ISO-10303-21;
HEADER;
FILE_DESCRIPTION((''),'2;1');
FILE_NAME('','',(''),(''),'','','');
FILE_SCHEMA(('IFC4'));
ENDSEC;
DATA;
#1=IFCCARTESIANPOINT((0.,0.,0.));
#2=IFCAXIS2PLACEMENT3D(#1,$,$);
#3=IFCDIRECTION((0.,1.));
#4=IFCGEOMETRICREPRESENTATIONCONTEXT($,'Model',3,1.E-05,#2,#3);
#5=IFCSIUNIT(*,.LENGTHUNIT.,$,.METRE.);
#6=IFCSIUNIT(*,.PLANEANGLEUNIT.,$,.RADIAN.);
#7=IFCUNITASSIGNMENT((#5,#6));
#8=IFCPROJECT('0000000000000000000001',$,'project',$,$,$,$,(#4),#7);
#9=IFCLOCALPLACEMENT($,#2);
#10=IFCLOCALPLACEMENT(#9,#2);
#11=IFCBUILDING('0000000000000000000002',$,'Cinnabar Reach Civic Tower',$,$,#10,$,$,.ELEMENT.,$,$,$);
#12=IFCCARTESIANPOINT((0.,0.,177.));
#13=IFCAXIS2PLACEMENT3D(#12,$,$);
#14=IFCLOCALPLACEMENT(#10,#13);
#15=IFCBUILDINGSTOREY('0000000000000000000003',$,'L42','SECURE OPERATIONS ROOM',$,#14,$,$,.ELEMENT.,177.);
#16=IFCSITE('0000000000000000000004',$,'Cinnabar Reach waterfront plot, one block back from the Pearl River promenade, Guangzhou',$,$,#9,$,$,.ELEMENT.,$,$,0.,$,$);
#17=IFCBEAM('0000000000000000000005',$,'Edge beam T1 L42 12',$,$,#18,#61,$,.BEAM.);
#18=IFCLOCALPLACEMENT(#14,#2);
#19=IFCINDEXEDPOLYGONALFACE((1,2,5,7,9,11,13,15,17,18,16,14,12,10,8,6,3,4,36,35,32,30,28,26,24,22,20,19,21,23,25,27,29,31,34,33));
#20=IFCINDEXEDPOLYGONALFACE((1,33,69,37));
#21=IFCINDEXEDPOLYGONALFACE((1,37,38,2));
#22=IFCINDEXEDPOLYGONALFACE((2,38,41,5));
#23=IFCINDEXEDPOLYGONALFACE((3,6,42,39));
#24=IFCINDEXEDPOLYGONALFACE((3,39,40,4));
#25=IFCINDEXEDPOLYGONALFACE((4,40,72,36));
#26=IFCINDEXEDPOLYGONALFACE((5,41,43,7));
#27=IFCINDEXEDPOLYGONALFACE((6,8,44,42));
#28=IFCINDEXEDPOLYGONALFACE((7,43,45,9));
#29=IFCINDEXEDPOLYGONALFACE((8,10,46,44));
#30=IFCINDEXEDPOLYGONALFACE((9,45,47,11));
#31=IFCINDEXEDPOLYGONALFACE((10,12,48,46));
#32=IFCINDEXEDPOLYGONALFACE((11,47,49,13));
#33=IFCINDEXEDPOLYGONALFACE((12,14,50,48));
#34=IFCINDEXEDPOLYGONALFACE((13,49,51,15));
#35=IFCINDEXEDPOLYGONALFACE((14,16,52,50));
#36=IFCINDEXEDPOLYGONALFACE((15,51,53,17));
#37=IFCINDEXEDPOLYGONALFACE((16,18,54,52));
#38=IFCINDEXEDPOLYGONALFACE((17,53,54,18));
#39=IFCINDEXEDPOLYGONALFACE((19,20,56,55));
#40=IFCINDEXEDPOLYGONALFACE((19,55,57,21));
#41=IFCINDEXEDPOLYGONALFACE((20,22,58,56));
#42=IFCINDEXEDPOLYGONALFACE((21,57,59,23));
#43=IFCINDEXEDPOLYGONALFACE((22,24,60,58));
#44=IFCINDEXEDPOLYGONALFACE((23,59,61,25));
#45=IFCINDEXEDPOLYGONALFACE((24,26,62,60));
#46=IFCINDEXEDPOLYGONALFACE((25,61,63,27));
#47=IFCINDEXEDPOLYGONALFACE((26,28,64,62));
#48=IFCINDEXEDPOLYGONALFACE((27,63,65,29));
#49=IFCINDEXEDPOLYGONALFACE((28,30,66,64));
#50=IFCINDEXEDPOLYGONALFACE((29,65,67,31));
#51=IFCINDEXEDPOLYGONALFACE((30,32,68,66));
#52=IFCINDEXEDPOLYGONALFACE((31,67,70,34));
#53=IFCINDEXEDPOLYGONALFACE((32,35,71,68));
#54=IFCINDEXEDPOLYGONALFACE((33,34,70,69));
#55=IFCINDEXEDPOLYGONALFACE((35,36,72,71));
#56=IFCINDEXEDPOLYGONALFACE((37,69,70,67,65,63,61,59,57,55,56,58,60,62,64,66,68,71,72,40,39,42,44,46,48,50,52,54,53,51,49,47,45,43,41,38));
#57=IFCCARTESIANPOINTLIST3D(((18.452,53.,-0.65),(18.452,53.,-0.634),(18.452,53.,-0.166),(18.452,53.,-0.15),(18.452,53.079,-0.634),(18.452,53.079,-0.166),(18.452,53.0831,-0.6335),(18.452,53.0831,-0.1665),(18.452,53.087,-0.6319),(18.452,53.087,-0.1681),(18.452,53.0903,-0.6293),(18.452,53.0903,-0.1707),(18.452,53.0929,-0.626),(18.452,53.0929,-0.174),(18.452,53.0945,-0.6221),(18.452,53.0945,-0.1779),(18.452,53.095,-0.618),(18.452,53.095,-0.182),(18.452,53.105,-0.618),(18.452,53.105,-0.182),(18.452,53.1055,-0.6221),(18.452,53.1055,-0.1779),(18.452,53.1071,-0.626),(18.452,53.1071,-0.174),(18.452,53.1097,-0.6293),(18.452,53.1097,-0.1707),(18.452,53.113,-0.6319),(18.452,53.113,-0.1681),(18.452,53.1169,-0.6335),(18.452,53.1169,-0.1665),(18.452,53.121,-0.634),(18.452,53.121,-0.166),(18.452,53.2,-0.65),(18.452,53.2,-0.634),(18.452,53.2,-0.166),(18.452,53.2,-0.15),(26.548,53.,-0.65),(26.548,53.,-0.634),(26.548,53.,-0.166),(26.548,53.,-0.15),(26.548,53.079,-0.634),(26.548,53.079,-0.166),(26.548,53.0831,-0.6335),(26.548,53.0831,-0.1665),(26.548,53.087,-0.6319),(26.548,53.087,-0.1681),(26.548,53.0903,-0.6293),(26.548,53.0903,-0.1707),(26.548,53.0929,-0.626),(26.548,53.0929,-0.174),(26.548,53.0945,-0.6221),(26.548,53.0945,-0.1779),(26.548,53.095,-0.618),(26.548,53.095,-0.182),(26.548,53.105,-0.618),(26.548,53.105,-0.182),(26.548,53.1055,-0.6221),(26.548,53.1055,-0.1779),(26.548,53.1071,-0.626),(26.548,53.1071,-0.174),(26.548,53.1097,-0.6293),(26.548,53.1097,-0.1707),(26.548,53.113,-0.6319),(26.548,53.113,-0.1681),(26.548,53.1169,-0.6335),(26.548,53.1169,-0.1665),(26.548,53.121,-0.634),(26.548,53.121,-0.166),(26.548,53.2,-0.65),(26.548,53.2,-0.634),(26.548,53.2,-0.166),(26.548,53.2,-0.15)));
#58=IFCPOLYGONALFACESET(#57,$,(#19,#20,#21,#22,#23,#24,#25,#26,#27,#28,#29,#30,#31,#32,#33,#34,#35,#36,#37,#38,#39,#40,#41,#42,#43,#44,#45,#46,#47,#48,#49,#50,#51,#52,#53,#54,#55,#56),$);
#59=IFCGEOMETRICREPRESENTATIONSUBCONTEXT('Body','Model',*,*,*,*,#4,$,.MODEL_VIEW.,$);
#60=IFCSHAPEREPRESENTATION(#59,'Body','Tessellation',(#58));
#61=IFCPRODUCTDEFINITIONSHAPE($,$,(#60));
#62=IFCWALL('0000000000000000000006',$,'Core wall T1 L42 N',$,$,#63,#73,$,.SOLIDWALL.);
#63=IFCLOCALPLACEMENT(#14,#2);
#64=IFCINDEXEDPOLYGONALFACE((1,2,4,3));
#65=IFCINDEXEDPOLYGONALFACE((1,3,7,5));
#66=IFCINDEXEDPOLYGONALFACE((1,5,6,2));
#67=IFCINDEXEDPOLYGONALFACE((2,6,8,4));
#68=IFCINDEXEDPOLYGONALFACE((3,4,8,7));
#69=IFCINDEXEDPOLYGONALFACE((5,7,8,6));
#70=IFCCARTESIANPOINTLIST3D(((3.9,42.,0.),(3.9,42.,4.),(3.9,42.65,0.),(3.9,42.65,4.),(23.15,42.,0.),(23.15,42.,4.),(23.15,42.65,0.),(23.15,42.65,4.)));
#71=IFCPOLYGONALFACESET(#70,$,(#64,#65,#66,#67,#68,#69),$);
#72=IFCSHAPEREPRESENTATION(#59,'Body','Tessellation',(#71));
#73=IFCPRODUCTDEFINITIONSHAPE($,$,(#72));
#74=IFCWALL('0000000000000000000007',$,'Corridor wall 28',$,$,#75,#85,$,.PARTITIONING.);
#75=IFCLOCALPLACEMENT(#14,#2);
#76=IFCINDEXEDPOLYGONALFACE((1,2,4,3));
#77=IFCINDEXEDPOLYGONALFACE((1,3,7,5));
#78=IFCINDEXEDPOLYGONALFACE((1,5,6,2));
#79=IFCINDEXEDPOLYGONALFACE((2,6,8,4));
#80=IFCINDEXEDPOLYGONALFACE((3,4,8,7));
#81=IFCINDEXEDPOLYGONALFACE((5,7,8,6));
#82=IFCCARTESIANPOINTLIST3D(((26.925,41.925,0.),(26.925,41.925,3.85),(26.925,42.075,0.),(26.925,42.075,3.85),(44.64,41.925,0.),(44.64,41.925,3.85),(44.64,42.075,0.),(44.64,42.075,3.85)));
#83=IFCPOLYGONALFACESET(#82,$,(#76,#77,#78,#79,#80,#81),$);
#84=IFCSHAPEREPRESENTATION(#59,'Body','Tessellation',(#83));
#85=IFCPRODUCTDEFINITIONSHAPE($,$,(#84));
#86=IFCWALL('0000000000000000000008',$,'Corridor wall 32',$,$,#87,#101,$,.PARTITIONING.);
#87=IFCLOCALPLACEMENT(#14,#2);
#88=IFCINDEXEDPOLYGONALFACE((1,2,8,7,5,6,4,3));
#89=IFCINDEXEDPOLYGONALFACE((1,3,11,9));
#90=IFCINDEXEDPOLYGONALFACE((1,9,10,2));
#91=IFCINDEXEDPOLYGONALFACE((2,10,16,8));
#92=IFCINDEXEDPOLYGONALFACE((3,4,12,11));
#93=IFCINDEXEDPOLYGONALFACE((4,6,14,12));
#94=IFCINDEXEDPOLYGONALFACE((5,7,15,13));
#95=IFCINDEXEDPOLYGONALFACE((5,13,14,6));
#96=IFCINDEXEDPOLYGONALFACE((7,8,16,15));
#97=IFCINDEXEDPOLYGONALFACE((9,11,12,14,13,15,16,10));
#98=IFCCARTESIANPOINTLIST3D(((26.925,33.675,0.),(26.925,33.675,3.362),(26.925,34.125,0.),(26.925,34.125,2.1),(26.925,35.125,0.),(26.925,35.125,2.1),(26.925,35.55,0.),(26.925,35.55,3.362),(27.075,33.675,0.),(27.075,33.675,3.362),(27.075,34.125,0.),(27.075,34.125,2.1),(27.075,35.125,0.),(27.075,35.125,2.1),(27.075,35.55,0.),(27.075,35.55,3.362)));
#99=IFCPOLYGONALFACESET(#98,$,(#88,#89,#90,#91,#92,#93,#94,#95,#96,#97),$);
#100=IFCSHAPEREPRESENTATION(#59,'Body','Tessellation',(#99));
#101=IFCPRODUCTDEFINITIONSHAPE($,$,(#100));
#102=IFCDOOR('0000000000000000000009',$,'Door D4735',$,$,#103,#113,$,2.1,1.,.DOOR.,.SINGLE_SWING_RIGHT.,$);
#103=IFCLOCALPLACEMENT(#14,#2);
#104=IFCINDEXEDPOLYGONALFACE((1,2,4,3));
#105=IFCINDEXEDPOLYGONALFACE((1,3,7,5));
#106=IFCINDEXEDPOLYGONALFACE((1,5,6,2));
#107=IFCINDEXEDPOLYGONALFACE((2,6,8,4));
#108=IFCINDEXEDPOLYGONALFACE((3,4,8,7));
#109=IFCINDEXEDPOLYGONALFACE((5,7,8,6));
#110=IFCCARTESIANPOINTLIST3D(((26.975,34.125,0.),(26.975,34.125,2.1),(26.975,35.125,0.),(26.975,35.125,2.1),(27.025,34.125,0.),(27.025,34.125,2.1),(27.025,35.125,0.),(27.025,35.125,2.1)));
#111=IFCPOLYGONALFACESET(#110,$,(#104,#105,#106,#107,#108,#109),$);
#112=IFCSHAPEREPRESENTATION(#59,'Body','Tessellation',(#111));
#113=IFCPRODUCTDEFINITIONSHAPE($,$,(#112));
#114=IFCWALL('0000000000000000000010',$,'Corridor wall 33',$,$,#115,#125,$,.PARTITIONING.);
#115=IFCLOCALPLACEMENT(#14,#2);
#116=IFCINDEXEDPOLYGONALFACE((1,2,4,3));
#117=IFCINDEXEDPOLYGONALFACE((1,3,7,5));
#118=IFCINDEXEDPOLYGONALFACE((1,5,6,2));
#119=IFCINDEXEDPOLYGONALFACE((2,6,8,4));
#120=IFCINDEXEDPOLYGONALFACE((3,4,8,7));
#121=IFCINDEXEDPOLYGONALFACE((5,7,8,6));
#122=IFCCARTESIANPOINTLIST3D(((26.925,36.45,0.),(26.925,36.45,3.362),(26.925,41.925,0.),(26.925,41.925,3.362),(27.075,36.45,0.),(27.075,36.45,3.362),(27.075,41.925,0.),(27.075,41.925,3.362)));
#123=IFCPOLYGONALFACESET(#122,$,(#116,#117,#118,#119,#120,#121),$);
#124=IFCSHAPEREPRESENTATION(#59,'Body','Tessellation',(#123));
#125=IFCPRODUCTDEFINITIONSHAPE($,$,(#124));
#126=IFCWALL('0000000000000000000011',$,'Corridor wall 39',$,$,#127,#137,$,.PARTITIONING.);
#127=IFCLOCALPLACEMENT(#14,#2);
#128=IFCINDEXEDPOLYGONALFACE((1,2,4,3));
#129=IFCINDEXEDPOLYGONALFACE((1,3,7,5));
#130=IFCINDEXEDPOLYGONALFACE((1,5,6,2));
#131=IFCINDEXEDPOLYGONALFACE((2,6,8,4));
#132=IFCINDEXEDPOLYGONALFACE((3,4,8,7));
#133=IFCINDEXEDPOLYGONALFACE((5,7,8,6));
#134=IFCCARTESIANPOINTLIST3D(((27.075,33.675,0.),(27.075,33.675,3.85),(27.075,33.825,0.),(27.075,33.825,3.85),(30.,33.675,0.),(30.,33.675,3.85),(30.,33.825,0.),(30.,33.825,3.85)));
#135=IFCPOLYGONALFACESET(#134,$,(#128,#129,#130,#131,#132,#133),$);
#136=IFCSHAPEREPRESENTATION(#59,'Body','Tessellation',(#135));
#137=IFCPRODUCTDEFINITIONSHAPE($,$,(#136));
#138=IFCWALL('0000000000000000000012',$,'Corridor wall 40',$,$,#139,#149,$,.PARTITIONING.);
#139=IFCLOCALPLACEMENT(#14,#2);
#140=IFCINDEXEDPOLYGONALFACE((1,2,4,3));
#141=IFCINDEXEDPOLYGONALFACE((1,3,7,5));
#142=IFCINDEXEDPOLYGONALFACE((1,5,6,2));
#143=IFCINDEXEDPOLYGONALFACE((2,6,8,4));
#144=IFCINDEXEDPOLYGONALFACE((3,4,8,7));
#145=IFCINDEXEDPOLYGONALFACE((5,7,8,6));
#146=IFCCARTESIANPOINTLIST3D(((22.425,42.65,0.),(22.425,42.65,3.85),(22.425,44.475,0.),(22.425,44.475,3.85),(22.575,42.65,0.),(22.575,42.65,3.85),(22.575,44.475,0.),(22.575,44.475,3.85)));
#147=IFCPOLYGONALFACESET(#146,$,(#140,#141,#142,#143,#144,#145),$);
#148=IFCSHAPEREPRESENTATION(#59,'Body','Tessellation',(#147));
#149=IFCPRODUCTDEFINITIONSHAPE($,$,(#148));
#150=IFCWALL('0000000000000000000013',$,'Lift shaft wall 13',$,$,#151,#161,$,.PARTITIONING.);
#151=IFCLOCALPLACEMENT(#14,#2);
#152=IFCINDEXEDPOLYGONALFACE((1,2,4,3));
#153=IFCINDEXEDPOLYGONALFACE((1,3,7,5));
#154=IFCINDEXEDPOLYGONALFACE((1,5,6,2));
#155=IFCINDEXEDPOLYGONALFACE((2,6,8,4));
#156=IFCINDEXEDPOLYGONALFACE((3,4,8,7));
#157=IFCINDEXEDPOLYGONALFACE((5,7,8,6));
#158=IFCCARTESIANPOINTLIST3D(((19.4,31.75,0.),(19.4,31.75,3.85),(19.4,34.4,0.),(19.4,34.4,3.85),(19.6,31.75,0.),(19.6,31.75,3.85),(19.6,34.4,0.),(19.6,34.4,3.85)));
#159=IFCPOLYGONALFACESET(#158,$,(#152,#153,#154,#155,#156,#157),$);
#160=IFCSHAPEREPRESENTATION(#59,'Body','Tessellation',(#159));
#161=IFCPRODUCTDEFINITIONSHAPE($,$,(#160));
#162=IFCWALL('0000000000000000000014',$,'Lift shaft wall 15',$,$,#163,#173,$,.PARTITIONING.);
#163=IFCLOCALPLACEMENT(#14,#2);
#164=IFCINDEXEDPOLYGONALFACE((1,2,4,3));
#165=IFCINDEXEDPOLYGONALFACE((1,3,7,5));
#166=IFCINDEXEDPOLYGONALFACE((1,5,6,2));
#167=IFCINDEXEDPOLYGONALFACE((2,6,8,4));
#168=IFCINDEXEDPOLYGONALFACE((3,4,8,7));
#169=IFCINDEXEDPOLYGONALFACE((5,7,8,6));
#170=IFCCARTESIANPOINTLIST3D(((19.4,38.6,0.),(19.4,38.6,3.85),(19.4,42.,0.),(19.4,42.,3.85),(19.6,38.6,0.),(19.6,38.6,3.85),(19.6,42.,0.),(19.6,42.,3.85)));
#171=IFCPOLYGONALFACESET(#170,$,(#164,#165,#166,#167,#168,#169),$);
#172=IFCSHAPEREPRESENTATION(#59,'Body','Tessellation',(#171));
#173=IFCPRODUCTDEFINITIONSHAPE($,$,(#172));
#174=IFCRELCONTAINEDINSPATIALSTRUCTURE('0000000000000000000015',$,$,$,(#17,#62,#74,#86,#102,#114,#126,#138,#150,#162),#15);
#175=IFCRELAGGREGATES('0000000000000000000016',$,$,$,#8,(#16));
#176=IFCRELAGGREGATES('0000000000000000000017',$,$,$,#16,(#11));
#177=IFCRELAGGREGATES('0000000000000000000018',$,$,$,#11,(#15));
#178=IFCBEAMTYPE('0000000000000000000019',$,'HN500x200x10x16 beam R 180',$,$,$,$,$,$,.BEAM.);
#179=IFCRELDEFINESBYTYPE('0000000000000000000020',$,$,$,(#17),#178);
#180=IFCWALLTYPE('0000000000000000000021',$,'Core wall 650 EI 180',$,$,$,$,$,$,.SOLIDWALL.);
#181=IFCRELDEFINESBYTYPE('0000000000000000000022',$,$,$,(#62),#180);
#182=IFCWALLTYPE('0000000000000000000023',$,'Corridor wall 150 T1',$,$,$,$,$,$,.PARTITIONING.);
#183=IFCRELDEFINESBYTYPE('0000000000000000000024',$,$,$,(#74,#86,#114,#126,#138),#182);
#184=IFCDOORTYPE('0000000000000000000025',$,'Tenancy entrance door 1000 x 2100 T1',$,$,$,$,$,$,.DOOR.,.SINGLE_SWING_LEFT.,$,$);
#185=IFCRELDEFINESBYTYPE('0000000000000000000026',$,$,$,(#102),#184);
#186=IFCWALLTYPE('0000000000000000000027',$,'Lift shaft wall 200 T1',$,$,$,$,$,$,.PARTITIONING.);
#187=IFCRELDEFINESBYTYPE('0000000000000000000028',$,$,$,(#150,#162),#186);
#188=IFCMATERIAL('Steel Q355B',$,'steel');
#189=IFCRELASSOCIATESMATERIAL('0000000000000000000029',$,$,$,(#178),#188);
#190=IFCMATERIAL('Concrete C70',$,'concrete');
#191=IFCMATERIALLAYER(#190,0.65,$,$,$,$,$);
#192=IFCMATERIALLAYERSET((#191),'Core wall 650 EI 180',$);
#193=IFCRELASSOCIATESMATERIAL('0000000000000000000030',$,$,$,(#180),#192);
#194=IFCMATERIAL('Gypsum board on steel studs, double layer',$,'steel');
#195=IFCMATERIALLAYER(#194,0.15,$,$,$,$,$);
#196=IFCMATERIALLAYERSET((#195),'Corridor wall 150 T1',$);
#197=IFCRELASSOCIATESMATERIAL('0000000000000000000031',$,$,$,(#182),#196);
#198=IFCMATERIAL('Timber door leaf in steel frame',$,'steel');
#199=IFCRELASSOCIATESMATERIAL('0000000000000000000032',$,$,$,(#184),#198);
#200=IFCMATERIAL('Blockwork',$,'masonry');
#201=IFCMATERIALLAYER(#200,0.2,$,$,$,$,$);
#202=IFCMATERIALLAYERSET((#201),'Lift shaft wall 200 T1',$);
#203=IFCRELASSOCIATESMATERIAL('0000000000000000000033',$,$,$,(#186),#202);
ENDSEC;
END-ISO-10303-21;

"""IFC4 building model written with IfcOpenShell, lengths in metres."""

from ifc_helpers import new_model, si_unit, direction, frame, frame_2d, origin, origin_2d, place, context, subcontext, project, spatial, rectangle, i_section, extrude, material, layer, layer_set, material_profile, profile_set, type_object, element, fill, save


model = new_model("IFC4")

# Units and contexts
model_context = context("Model", 3, precision=1e-05, world=origin(), true_north=direction((0.0, 1.0)))
body_context = subcontext(model_context, "Body", "Model", "MODEL_VIEW")
ifc_project = project(units=[si_unit("LENGTHUNIT", "METRE"), si_unit("PLANEANGLEUNIT", "RADIAN")], contexts=[model_context])

# Site, building, storey
site_placement = place(None, origin())
site = spatial("IfcSite", under=ifc_project, at=site_placement, Name="Cinnabar Reach waterfront plot, one block back from the Pearl River promenade, Guangzhou", CompositionType="ELEMENT", RefElevation=0.0)
building_placement = place(site_placement, origin())
building = spatial("IfcBuilding", under=site, at=building_placement, Name="Cinnabar Reach Civic Tower", CompositionType="ELEMENT")
storey_placement = place(building_placement, frame((0.0, 0.0, 177.0)))
storey = spatial("IfcBuildingStorey", under=building, at=storey_placement, Name="L42", Description="SECURE OPERATIONS ROOM", CompositionType="ELEMENT", Elevation=177.0)

# Shared definitions
ifc_material_1 = material(Name="Concrete C70", Category="concrete")

# Beam
ifc_material_2 = material(Name="Steel Q355B", Category="steel")
ifc_material_profile_1 = material_profile(ifc_material_2, i_section(OverallWidth=0.2, OverallDepth=0.5, WebThickness=0.01, FlangeThickness=0.016, FilletRadius=0.016, at=origin_2d()), Name="HN500x200x10x16")
ifc_profile_set_1 = profile_set([ifc_material_profile_1], Name="Steel Q355B")
beam_type_1 = type_object("IfcBeamType", Name="HN500x200x10x16 beam R 180", PredefinedType="BEAM", material=ifc_profile_set_1)
beam_1_placement = place(storey_placement, frame((26.548, 53.1, -0.4), z_axis=(-1.0, 0.0, 0.0), x_axis=(0.0, -1.0, 0.0)))
element("IfcBeam", 1, at=beam_1_placement, inside=storey, type_object=beam_type_1, Name="Edge beam T1 L42 12", PredefinedType="BEAM", context=body_context, shape_type="SweptSolid", body=[
    extrude(i_section(OverallWidth=0.2, OverallDepth=0.5, WebThickness=0.01, FlangeThickness=0.016, FilletRadius=0.016, at=origin_2d()), origin(), (0.0, 0.0, 1.0), 8.096),
])

# Walls
ifc_layer_1 = layer(ifc_material_1, 0.65)
ifc_layer_set_1 = layer_set([ifc_layer_1], Name="Core wall 650 EI 180")
wall_type_1 = type_object("IfcWallType", Name="Core wall 650 EI 180", PredefinedType="SOLIDWALL", material=ifc_layer_set_1)
wall_1_placement = place(storey_placement, frame((23.15, 42.325, 0.0), z_axis=(0.0, 0.0, 1.0), x_axis=(-1.0, 0.0, 0.0)))
element("IfcWall", 2, at=wall_1_placement, inside=storey, type_object=wall_type_1, Name="Core wall T1 L42 N", PredefinedType="SOLIDWALL", context=body_context, shape_type="SweptSolid", body=[
    extrude(rectangle(XDim=19.25, YDim=0.65, at=frame_2d((9.625, 0.0))), origin(), (0.0, 0.0, 1.0), 4.0),
])
ifc_material_3 = material(Name="Gypsum board on steel studs, double layer", Category="steel")
ifc_layer_2 = layer(ifc_material_3, 0.15)
ifc_layer_set_2 = layer_set([ifc_layer_2], Name="Corridor wall 150 T1")
wall_type_2 = type_object("IfcWallType", Name="Corridor wall 150 T1", PredefinedType="PARTITIONING", material=ifc_layer_set_2)
wall_2_placement = place(storey_placement, frame((26.925, 42.0, 0.0), z_axis=(0.0, 0.0, 1.0), x_axis=(1.0, 0.0, 0.0)))
element("IfcWall", 3, at=wall_2_placement, inside=storey, type_object=wall_type_2, Name="Corridor wall 28", PredefinedType="PARTITIONING", context=body_context, shape_type="SweptSolid", body=[
    extrude(rectangle(XDim=17.715, YDim=0.15, at=frame_2d((8.8575, 0.0))), origin(), (0.0, 0.0, 1.0), 3.85),
])

# Wall, opening, door
wall_3_placement = place(storey_placement, frame((27.0, 33.675, 0.0), z_axis=(0.0, 0.0, 1.0), x_axis=(0.0, 1.0, 0.0)))
wall_3 = element("IfcWall", 4, at=wall_3_placement, inside=storey, type_object=wall_type_2, Name="Corridor wall 32", PredefinedType="PARTITIONING", context=body_context, shape_type="SweptSolid", body=[
    extrude(rectangle(XDim=1.875, YDim=0.15, at=frame_2d((0.9375, 0.0))), origin(), (0.0, 0.0, 1.0), 3.362),
])
opening_1_placement = place(wall_3_placement, frame((0.45, 0.0, 0.0)))
opening_1 = element("IfcOpeningElement", 5, at=opening_1_placement, cuts=wall_3, PredefinedType="OPENING", context=body_context, shape_type="SweptSolid", body=[
    extrude(rectangle(XDim=1.0, YDim=2.1, at=frame_2d((0.5, 1.05))), frame((0.0, 0.085, 0.0), z_axis=(0.0, -1.0, 0.0), x_axis=(1.0, 0.0, 0.0)), (0.0, 0.0, 1.0), 0.17),
])
ifc_material_4 = material(Name="Timber door leaf in steel frame", Category="steel")
door_type_1 = type_object("IfcDoorType", Name="Tenancy entrance door 1000 x 2100 T1", OperationType="SINGLE_SWING_LEFT", PredefinedType="DOOR", material=ifc_material_4)
door_1_placement = place(opening_1_placement, frame((1.0, 0.0, 0.0), z_axis=(0.0, 0.0, 1.0), x_axis=(-1.0, 0.0, 0.0)))
door_1 = element("IfcDoor", 6, at=door_1_placement, inside=storey, type_object=door_type_1, Name="Door D4735", OperationType="SINGLE_SWING_RIGHT", OverallHeight=2.1, OverallWidth=1.0, PredefinedType="DOOR", context=body_context, shape_type="SweptSolid", body=[
    extrude(rectangle(XDim=1.0, YDim=2.1, at=frame_2d((0.5, 1.05))), frame((0.0, 0.025, 0.0), z_axis=(0.0, -1.0, 0.0), x_axis=(1.0, 0.0, 0.0)), (0.0, 0.0, 1.0), 0.05),
])
fill(opening_1, door_1)

# Walls
wall_4_placement = place(storey_placement, frame((27.0, 36.45, 0.0), z_axis=(0.0, 0.0, 1.0), x_axis=(0.0, 1.0, 0.0)))
element("IfcWall", 7, at=wall_4_placement, inside=storey, type_object=wall_type_2, Name="Corridor wall 33", PredefinedType="PARTITIONING", context=body_context, shape_type="SweptSolid", body=[
    extrude(rectangle(XDim=5.475, YDim=0.15, at=frame_2d((2.7375, 0.0))), origin(), (0.0, 0.0, 1.0), 3.362),
])
wall_5_placement = place(storey_placement, frame((27.075, 33.75, 0.0), z_axis=(0.0, 0.0, 1.0), x_axis=(1.0, 0.0, 0.0)))
element("IfcWall", 8, at=wall_5_placement, inside=storey, type_object=wall_type_2, Name="Corridor wall 39", PredefinedType="PARTITIONING", context=body_context, shape_type="SweptSolid", body=[
    extrude(rectangle(XDim=2.925, YDim=0.15, at=frame_2d((1.4625, 0.0))), origin(), (0.0, 0.0, 1.0), 3.85),
])
wall_6_placement = place(storey_placement, frame((22.5, 42.65, 0.0), z_axis=(0.0, 0.0, 1.0), x_axis=(0.0, 1.0, 0.0)))
element("IfcWall", 9, at=wall_6_placement, inside=storey, type_object=wall_type_2, Name="Corridor wall 40", PredefinedType="PARTITIONING", context=body_context, shape_type="SweptSolid", body=[
    extrude(rectangle(XDim=1.825, YDim=0.15, at=frame_2d((0.9125, 0.0))), origin(), (0.0, 0.0, 1.0), 3.85),
])
ifc_material_5 = material(Name="Blockwork", Category="masonry")
ifc_layer_3 = layer(ifc_material_5, 0.2)
ifc_layer_set_3 = layer_set([ifc_layer_3], Name="Lift shaft wall 200 T1")
wall_type_3 = type_object("IfcWallType", Name="Lift shaft wall 200 T1", PredefinedType="PARTITIONING", material=ifc_layer_set_3)
wall_7_placement = place(storey_placement, frame((19.5, 31.75, 0.0), z_axis=(0.0, 0.0, 1.0), x_axis=(0.0, 1.0, 0.0)))
element("IfcWall", 10, at=wall_7_placement, inside=storey, type_object=wall_type_3, Name="Lift shaft wall 13", PredefinedType="PARTITIONING", context=body_context, shape_type="SweptSolid", body=[
    extrude(rectangle(XDim=2.65, YDim=0.2, at=frame_2d((1.325, 0.0))), origin(), (0.0, 0.0, 1.0), 3.85),
])
wall_8_placement = place(storey_placement, frame((19.5, 38.6, 0.0), z_axis=(0.0, 0.0, 1.0), x_axis=(0.0, 1.0, 0.0)))
element("IfcWall", 11, at=wall_8_placement, inside=storey, type_object=wall_type_3, Name="Lift shaft wall 15", PredefinedType="PARTITIONING", context=body_context, shape_type="SweptSolid", body=[
    extrude(rectangle(XDim=3.4, YDim=0.2, at=frame_2d((1.7, 0.0))), origin(), (0.0, 0.0, 1.0), 3.85),
])

save(model, "model.ifc")
